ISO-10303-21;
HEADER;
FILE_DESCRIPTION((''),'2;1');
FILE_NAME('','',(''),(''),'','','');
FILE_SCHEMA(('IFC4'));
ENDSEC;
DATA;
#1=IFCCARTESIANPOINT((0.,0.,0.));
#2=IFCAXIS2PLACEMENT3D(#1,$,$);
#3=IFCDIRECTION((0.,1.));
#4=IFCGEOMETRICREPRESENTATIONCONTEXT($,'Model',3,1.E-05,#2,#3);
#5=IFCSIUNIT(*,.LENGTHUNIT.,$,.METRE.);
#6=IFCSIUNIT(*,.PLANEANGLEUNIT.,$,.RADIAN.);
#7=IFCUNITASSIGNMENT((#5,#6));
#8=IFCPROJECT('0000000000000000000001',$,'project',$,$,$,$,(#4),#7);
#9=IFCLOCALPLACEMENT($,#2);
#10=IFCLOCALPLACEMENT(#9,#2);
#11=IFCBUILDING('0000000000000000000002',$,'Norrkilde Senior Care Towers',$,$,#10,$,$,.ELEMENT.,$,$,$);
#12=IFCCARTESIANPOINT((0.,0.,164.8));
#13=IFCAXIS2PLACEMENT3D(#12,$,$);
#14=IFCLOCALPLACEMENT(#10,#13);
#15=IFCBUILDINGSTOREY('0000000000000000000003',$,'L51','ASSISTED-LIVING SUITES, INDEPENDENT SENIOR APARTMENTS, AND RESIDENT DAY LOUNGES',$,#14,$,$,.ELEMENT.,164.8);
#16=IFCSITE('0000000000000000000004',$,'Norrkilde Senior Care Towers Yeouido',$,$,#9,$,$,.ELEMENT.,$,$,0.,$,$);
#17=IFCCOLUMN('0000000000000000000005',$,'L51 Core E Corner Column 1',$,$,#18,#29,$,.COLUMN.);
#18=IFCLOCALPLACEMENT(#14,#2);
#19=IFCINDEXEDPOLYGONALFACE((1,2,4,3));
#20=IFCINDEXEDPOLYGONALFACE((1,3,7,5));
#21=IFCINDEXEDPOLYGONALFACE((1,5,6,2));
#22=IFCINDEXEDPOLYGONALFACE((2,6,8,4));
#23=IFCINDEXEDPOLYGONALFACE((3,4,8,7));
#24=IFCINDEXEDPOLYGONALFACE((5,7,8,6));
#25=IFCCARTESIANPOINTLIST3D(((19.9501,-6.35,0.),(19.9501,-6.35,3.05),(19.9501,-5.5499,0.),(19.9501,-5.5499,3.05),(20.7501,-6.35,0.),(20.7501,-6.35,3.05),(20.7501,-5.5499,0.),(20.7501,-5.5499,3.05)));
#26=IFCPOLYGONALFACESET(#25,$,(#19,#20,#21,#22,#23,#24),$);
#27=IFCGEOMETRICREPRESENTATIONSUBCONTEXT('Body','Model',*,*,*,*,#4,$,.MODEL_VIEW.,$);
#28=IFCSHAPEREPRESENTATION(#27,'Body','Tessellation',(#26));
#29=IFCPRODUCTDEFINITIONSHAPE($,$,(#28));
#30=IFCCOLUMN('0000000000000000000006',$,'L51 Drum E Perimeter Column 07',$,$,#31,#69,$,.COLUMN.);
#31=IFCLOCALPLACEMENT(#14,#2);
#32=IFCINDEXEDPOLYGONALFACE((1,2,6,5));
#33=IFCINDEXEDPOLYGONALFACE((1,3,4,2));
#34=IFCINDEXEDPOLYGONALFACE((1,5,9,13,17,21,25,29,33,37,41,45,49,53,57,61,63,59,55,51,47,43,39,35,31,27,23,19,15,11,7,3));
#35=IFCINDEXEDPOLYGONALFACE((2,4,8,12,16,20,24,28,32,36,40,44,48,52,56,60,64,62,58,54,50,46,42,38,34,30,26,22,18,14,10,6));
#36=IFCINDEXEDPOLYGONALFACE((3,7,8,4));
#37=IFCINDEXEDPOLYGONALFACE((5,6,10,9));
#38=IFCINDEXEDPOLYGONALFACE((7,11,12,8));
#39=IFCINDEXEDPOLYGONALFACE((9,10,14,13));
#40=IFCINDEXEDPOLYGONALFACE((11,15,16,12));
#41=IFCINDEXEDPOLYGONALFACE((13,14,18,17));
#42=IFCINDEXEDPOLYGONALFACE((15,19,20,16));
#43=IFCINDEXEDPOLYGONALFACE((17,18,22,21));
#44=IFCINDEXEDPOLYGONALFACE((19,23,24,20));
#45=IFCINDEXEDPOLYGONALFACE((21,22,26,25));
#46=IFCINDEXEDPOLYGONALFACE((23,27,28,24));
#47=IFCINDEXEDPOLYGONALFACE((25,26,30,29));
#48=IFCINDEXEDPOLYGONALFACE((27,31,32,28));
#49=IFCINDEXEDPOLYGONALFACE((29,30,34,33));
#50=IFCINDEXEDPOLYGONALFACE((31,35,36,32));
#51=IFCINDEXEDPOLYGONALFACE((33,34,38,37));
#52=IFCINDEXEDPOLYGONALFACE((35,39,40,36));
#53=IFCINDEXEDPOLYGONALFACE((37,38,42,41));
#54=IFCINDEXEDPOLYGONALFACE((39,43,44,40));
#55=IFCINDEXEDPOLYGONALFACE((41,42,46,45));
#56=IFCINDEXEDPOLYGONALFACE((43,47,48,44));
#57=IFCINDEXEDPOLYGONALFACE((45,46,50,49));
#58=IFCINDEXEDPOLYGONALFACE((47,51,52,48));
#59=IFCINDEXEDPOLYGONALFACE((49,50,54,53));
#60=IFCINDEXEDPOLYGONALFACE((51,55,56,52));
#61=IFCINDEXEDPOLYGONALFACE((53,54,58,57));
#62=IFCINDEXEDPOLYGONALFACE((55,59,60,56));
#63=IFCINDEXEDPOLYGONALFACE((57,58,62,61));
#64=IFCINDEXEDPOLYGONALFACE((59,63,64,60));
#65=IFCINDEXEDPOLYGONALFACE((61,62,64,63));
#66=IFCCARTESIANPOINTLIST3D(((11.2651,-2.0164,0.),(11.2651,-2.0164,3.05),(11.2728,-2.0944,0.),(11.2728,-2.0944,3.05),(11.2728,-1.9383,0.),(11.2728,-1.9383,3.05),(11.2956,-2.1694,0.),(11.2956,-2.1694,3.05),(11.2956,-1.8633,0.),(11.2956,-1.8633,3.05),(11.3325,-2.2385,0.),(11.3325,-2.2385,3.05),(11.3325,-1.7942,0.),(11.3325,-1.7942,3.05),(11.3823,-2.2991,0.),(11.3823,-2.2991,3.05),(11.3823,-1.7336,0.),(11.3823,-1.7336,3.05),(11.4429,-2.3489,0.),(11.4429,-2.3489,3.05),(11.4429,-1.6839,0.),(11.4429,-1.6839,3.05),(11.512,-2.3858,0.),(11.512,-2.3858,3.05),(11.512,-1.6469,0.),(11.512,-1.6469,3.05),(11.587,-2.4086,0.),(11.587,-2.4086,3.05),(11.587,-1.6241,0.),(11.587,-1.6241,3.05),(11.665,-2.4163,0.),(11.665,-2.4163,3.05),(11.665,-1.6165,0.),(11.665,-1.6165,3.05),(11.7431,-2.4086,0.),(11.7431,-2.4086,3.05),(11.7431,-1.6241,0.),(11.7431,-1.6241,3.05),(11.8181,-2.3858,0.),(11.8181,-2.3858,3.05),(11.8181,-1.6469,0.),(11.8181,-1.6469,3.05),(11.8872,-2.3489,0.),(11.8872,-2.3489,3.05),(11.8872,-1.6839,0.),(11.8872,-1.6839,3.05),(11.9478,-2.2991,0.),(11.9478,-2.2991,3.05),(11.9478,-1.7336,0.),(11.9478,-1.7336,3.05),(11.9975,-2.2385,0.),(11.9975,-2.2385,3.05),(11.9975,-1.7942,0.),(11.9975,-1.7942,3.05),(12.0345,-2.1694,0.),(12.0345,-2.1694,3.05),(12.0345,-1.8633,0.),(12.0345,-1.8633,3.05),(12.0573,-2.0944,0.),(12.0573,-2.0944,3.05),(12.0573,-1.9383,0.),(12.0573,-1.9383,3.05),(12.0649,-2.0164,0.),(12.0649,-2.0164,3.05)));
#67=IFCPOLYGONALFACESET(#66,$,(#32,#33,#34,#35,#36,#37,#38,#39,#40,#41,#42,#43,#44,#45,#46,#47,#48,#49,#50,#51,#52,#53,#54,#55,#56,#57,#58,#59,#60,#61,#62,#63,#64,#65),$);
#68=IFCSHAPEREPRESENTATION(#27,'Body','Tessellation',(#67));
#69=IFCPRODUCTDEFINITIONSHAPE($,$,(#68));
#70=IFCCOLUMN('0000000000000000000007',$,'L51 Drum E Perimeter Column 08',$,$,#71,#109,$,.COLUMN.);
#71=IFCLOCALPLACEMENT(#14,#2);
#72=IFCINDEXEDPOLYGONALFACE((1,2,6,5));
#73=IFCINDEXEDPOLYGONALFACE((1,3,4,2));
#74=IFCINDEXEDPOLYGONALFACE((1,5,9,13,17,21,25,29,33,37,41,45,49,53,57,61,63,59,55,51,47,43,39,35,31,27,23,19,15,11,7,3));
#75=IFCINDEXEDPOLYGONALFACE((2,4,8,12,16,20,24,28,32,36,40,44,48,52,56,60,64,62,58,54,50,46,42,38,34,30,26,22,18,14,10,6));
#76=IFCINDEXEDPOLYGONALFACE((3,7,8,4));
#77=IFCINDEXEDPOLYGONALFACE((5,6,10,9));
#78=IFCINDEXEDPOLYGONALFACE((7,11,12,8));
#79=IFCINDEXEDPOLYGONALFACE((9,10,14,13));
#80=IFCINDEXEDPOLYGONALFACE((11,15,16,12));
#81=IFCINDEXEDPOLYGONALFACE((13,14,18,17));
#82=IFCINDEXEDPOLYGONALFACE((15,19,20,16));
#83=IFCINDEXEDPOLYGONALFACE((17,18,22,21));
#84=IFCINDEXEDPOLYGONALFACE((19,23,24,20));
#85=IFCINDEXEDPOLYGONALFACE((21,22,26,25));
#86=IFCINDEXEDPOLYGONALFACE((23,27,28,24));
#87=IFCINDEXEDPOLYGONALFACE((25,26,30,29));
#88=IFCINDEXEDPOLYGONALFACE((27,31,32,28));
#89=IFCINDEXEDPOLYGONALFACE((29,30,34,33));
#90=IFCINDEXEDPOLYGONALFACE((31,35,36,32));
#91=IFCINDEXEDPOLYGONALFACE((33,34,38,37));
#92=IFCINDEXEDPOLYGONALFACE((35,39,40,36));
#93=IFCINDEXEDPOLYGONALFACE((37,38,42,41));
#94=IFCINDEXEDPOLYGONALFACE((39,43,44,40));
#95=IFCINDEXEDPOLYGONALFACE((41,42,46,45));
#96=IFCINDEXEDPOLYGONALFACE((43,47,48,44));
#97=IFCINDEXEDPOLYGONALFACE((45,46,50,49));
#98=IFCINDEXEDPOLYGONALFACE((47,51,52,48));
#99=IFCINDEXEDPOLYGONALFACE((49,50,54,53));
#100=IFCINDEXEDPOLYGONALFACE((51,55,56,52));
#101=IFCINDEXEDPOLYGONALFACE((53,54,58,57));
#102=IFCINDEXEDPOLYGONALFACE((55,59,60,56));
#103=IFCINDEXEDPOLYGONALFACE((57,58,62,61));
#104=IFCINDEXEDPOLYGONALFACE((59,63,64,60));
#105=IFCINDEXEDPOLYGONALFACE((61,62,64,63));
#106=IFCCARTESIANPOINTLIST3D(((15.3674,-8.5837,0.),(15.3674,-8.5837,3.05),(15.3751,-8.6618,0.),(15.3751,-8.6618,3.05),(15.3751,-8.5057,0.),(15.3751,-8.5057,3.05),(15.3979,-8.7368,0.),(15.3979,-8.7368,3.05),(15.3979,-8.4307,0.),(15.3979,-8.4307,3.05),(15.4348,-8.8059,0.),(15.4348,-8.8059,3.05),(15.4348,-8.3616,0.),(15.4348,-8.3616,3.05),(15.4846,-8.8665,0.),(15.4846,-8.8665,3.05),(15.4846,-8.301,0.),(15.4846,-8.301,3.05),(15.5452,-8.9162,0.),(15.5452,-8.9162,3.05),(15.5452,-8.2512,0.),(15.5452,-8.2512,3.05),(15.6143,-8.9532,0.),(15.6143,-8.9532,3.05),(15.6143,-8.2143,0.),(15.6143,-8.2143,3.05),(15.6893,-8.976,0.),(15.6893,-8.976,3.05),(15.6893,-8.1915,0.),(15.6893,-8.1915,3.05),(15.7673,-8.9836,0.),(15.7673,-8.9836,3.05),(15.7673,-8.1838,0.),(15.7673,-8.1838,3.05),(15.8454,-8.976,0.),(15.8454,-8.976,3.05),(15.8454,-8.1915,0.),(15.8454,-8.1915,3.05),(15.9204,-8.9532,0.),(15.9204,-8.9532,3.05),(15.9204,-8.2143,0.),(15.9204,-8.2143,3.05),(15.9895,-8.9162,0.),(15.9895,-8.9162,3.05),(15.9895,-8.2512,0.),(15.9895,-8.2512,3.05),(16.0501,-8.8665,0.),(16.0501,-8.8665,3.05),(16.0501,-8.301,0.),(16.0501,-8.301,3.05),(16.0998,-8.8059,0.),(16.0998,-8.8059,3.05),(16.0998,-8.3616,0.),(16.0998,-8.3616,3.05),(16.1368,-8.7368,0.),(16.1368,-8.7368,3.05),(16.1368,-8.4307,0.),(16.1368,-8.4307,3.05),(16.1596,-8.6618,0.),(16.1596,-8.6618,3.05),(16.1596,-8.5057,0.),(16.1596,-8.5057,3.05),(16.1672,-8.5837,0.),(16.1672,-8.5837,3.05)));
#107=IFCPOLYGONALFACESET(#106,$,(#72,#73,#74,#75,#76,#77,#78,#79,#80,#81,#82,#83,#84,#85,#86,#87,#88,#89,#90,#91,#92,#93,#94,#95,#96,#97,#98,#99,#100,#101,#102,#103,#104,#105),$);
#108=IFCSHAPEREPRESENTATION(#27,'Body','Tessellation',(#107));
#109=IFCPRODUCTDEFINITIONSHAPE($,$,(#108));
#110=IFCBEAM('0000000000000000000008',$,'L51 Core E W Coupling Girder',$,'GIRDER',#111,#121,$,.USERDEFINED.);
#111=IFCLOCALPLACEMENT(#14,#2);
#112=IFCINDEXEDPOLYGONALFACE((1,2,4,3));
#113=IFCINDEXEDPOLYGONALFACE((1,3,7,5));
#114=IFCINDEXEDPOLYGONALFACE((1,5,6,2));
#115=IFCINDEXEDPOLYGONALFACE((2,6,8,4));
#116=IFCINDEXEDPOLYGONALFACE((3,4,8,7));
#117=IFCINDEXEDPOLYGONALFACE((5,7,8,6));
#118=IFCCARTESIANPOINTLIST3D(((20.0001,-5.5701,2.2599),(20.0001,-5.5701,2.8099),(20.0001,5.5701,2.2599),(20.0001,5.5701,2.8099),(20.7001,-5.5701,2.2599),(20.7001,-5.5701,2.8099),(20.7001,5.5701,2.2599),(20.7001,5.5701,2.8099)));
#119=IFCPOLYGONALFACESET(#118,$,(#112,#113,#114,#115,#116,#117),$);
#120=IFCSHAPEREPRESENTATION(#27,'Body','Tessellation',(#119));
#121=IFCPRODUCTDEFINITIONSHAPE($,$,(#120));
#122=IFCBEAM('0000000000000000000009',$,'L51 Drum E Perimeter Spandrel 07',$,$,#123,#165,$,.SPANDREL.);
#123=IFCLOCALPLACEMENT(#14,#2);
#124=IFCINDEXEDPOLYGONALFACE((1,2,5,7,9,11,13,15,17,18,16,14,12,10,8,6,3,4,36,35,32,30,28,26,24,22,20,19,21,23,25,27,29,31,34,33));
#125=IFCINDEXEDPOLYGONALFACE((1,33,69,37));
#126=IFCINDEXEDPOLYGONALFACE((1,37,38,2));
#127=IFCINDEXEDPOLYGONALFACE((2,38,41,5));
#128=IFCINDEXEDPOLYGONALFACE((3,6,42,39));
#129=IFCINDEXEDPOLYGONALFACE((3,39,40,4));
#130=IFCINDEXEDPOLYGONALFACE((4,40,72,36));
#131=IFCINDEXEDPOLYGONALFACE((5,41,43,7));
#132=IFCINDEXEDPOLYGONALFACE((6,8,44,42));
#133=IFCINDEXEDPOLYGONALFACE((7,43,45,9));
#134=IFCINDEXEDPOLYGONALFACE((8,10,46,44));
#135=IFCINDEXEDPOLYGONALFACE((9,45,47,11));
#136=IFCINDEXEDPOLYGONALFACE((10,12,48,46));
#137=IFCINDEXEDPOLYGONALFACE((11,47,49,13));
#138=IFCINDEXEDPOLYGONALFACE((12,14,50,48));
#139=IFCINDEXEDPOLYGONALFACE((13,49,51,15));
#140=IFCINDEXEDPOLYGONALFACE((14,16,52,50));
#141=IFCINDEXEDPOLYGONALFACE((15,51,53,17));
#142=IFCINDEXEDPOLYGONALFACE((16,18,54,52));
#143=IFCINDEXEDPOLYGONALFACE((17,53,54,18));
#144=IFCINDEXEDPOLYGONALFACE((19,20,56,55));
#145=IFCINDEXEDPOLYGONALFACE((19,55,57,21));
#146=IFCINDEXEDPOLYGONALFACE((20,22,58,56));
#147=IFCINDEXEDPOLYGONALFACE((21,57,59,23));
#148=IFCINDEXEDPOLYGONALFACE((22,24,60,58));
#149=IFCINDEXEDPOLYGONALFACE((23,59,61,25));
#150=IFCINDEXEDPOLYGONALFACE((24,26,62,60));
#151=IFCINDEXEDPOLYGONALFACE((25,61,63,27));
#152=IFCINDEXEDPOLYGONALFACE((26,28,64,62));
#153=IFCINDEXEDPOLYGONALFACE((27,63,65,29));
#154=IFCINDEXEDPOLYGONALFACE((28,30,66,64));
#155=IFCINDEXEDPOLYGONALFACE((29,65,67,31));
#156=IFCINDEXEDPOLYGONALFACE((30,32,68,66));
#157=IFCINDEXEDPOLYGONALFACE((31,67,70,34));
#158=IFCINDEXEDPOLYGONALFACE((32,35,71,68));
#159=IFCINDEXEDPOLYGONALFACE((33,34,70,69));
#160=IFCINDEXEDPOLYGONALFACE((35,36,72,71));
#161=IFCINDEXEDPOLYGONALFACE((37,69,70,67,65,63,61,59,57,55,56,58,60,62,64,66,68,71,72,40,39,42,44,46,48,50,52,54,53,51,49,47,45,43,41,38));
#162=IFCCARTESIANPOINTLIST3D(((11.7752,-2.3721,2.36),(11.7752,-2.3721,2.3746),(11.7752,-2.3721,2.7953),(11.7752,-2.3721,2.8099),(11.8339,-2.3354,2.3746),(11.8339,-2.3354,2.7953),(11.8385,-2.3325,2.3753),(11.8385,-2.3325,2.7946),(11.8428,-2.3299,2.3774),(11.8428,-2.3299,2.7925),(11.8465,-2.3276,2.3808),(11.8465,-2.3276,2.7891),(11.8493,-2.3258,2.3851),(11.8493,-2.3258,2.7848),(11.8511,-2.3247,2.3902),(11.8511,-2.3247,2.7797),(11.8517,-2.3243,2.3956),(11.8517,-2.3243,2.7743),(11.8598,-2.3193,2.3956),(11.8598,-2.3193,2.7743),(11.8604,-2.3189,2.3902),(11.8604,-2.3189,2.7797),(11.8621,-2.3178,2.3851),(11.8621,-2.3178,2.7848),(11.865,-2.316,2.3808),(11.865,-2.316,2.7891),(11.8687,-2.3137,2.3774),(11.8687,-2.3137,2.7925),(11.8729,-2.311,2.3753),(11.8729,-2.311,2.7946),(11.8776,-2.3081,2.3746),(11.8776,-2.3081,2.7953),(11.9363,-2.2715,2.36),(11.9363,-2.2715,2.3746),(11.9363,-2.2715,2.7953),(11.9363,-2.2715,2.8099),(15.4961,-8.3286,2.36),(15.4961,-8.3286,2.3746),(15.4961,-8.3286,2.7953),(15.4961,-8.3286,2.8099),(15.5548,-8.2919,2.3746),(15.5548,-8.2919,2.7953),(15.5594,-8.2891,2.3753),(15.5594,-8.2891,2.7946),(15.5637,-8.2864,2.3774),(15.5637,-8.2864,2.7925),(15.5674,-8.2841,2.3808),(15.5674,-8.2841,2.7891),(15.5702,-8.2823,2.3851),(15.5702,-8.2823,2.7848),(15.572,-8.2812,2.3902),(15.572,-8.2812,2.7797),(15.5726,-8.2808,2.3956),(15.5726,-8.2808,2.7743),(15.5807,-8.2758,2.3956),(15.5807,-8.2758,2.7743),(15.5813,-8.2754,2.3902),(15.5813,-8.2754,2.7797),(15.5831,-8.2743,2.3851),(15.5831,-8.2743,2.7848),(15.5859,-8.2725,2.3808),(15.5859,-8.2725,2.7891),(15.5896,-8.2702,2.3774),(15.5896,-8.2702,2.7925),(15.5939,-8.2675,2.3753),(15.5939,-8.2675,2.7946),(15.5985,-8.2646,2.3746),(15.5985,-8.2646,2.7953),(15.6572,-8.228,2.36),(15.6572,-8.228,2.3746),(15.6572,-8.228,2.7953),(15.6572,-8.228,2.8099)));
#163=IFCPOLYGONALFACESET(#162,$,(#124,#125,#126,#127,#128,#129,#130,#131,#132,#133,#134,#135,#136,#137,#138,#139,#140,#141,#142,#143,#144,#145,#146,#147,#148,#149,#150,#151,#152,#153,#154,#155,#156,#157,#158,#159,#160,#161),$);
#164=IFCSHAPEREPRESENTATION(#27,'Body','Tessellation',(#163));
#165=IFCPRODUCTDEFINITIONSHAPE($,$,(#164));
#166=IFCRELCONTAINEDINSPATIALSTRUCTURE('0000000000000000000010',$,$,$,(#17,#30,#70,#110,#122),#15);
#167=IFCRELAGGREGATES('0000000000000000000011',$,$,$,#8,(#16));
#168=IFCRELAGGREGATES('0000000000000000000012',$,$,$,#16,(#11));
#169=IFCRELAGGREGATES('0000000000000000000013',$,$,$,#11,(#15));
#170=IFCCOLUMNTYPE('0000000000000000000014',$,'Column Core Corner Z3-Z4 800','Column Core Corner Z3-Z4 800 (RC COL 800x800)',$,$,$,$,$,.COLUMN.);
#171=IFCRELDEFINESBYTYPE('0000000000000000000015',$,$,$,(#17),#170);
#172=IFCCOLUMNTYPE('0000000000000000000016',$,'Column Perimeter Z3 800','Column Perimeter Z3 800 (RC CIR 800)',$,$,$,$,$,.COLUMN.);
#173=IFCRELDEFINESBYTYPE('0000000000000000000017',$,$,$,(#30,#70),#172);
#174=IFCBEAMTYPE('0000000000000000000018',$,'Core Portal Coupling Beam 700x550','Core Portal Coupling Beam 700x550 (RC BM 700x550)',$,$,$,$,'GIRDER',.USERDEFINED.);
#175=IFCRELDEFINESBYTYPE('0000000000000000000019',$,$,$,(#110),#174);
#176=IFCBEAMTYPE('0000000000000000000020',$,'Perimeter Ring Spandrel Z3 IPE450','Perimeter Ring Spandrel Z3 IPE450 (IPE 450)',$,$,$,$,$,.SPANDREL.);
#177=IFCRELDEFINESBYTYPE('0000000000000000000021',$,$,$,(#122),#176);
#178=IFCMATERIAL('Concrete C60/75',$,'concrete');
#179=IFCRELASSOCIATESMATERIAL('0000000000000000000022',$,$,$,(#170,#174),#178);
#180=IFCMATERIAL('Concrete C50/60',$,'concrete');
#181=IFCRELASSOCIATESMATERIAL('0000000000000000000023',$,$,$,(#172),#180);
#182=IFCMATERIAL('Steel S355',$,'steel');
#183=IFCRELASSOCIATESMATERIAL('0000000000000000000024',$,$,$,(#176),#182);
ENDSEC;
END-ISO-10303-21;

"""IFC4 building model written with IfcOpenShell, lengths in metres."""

from ifc_helpers import new_model, si_unit, direction, frame, origin, origin_2d, place, context, subcontext, project, spatial, rectangle, circle, i_section, extrude, source, transform, mapped, material, material_profile, profile_set, type_object, type_shapes, element, save


model = new_model("IFC4")

# Units and contexts
model_context = context("Model", 3, precision=1e-05, world=origin(), true_north=direction((0.0, 1.0)))
body_context = subcontext(model_context, "Body", "Model", "MODEL_VIEW")
ifc_project = project(units=[si_unit("LENGTHUNIT", "METRE"), si_unit("PLANEANGLEUNIT", "RADIAN")], contexts=[model_context])

# Site, building, storey
site_placement = place(None, origin())
site = spatial("IfcSite", under=ifc_project, at=site_placement, Name="Norrkilde Senior Care Towers Yeouido", CompositionType="ELEMENT", RefElevation=0.0)
building_placement = place(site_placement, origin())
building = spatial("IfcBuilding", under=site, at=building_placement, Name="Norrkilde Senior Care Towers", CompositionType="ELEMENT")
storey_placement = place(building_placement, frame((0.0, 0.0, 164.8)))
storey = spatial("IfcBuildingStorey", under=building, at=storey_placement, Name="L51", Description="ASSISTED-LIVING SUITES, INDEPENDENT SENIOR APARTMENTS, AND RESIDENT DAY LOUNGES", CompositionType="ELEMENT", Elevation=164.8)

# Columns
ifc_material_1 = material(Name="Concrete C60/75", Category="concrete")
ifc_material_profile_1 = material_profile(ifc_material_1, rectangle(XDim=0.8, YDim=0.8, at=origin_2d()), Name="RC COL 800x800")
ifc_profile_set_1 = profile_set([ifc_material_profile_1], Name="Concrete C60/75")
column_type_1 = type_object("IfcColumnType", Name="Column Core Corner Z3-Z4 800", Description="Column Core Corner Z3-Z4 800 (RC COL 800x800)", PredefinedType="COLUMN", material=ifc_profile_set_1)
shared_shape_1 = source(origin(), body_context, "Body", "SweptSolid", [
    extrude(rectangle(XDim=0.8, YDim=0.8, at=origin_2d()), origin(), (0.0, 0.0, 1.0), 3.05),
])
type_shapes(column_type_1, [shared_shape_1])
column_placement = place(storey_placement, frame((20.3501, -5.95, 0.0), z_axis=(0.0, 0.0, 1.0), x_axis=(1.0, 0.0, 0.0)))
element("IfcColumn", 1, at=column_placement, inside=storey, type_object=column_type_1, Name="L51 Core E Corner Column 1", PredefinedType="COLUMN", context=body_context, shape_type="MappedRepresentation", body=[
    mapped(shared_shape_1, transform((0.0, 0.0, 0.0), x_axis=(1.0, 0.0, 0.0), y_axis=(0.0, 1.0, 0.0), z_axis=(0.0, 0.0, 1.0), scale=1.0)),
])
ifc_material_2 = material(Name="Concrete C50/60", Category="concrete")
ifc_material_profile_2 = material_profile(ifc_material_2, circle(Radius=0.3999, at=origin_2d()), Name="RC CIR 800")
ifc_profile_set_2 = profile_set([ifc_material_profile_2], Name="Concrete C50/60")
column_type_2 = type_object("IfcColumnType", Name="Column Perimeter Z3 800", Description="Column Perimeter Z3 800 (RC CIR 800)", PredefinedType="COLUMN", material=ifc_profile_set_2)
shared_shape_2 = source(origin(), body_context, "Body", "SweptSolid", [
    extrude(circle(Radius=0.3999, at=origin_2d()), origin(), (0.0, 0.0, 1.0), 3.05),
])
type_shapes(column_type_2, [shared_shape_2])
for number, where, z_axis, x_axis, name in (
    (2, (11.665, -2.0164, 0.0), (0.0, 0.0, 1.0), (1.0, 0.0, 0.0), "L51 Drum E Perimeter Column 07"),
    (3, (15.7673, -8.5837, 0.0), (0.0, 0.0, 1.0), (1.0, 0.0, 0.0), "L51 Drum E Perimeter Column 08"),
):
    element("IfcColumn", number, at=place(storey_placement, frame(where, z_axis=z_axis, x_axis=x_axis)), inside=storey, type_object=column_type_2, Name=name, PredefinedType="COLUMN", context=body_context, shape_type="MappedRepresentation", body=[
        mapped(shared_shape_2, transform((0.0, 0.0, 0.0), x_axis=(1.0, 0.0, 0.0), y_axis=(0.0, 1.0, 0.0), z_axis=(0.0, 0.0, 1.0), scale=1.0)),
    ])

# Beams
ifc_material_profile_3 = material_profile(ifc_material_1, rectangle(XDim=0.7, YDim=0.55, at=origin_2d()), Name="RC BM 700x550")
ifc_profile_set_3 = profile_set([ifc_material_profile_3], Name="Concrete C60/75")
beam_type_1 = type_object("IfcBeamType", Name="Core Portal Coupling Beam 700x550", Description="Core Portal Coupling Beam 700x550 (RC BM 700x550)", ElementType="GIRDER", PredefinedType="USERDEFINED", material=ifc_profile_set_3)
shared_shape_3 = source(origin(), body_context, "Body", "SweptSolid", [
    extrude(rectangle(XDim=0.7, YDim=0.55, at=origin_2d()), origin(), (0.0, 0.0, 1.0), 11.1401),
])
type_shapes(beam_type_1, [shared_shape_3])
beam_1_placement = place(storey_placement, frame((20.3501, -5.5701, 2.5349), z_axis=(0.0, 1.0, 0.0), x_axis=(-1.0, 0.0, 0.0)))
element("IfcBeam", 4, at=beam_1_placement, inside=storey, type_object=beam_type_1, Name="L51 Core E W Coupling Girder", ObjectType="GIRDER", PredefinedType="USERDEFINED", context=body_context, shape_type="MappedRepresentation", body=[
    mapped(shared_shape_3, transform((0.0, 0.0, 0.0), x_axis=(1.0, 0.0, 0.0), y_axis=(0.0, 1.0, 0.0), z_axis=(0.0, 0.0, 1.0), scale=1.0)),
])
ifc_material_3 = material(Name="Steel S355", Category="steel")
ifc_material_profile_4 = material_profile(ifc_material_3, i_section(OverallWidth=0.1899, OverallDepth=0.45, WebThickness=0.0095, FlangeThickness=0.0146, FilletRadius=0.021, at=origin_2d()), Name="IPE 450")
ifc_profile_set_4 = profile_set([ifc_material_profile_4], Name="Steel S355")
beam_type_2 = type_object("IfcBeamType", Name="Perimeter Ring Spandrel Z3 IPE450", Description="Perimeter Ring Spandrel Z3 IPE450 (IPE 450)", PredefinedType="SPANDREL", material=ifc_profile_set_4)
shared_shape_4 = source(origin(), body_context, "Body", "SweptSolid", [
    extrude(i_section(OverallWidth=0.1899, OverallDepth=0.45, WebThickness=0.0095, FlangeThickness=0.0146, FilletRadius=0.021, at=origin_2d()), origin(), (0.0, 0.0, 1.0), 7.0232),
])
beam_2_placement = place(storey_placement, frame((11.8557, -2.3218, 2.585), z_axis=(0.529805, -0.848119, 0.0), x_axis=(0.848119, 0.529805, 0.0)))
element("IfcBeam", 5, at=beam_2_placement, inside=storey, type_object=beam_type_2, Name="L51 Drum E Perimeter Spandrel 07", PredefinedType="SPANDREL", context=body_context, shape_type="MappedRepresentation", body=[
    mapped(shared_shape_4, transform((0.0, 0.0, 0.0), x_axis=(1.0, 0.0, 0.0), y_axis=(0.0, 1.0, 0.0), z_axis=(0.0, 0.0, 1.0), scale=1.0)),
])

save(model, "model.ifc")
